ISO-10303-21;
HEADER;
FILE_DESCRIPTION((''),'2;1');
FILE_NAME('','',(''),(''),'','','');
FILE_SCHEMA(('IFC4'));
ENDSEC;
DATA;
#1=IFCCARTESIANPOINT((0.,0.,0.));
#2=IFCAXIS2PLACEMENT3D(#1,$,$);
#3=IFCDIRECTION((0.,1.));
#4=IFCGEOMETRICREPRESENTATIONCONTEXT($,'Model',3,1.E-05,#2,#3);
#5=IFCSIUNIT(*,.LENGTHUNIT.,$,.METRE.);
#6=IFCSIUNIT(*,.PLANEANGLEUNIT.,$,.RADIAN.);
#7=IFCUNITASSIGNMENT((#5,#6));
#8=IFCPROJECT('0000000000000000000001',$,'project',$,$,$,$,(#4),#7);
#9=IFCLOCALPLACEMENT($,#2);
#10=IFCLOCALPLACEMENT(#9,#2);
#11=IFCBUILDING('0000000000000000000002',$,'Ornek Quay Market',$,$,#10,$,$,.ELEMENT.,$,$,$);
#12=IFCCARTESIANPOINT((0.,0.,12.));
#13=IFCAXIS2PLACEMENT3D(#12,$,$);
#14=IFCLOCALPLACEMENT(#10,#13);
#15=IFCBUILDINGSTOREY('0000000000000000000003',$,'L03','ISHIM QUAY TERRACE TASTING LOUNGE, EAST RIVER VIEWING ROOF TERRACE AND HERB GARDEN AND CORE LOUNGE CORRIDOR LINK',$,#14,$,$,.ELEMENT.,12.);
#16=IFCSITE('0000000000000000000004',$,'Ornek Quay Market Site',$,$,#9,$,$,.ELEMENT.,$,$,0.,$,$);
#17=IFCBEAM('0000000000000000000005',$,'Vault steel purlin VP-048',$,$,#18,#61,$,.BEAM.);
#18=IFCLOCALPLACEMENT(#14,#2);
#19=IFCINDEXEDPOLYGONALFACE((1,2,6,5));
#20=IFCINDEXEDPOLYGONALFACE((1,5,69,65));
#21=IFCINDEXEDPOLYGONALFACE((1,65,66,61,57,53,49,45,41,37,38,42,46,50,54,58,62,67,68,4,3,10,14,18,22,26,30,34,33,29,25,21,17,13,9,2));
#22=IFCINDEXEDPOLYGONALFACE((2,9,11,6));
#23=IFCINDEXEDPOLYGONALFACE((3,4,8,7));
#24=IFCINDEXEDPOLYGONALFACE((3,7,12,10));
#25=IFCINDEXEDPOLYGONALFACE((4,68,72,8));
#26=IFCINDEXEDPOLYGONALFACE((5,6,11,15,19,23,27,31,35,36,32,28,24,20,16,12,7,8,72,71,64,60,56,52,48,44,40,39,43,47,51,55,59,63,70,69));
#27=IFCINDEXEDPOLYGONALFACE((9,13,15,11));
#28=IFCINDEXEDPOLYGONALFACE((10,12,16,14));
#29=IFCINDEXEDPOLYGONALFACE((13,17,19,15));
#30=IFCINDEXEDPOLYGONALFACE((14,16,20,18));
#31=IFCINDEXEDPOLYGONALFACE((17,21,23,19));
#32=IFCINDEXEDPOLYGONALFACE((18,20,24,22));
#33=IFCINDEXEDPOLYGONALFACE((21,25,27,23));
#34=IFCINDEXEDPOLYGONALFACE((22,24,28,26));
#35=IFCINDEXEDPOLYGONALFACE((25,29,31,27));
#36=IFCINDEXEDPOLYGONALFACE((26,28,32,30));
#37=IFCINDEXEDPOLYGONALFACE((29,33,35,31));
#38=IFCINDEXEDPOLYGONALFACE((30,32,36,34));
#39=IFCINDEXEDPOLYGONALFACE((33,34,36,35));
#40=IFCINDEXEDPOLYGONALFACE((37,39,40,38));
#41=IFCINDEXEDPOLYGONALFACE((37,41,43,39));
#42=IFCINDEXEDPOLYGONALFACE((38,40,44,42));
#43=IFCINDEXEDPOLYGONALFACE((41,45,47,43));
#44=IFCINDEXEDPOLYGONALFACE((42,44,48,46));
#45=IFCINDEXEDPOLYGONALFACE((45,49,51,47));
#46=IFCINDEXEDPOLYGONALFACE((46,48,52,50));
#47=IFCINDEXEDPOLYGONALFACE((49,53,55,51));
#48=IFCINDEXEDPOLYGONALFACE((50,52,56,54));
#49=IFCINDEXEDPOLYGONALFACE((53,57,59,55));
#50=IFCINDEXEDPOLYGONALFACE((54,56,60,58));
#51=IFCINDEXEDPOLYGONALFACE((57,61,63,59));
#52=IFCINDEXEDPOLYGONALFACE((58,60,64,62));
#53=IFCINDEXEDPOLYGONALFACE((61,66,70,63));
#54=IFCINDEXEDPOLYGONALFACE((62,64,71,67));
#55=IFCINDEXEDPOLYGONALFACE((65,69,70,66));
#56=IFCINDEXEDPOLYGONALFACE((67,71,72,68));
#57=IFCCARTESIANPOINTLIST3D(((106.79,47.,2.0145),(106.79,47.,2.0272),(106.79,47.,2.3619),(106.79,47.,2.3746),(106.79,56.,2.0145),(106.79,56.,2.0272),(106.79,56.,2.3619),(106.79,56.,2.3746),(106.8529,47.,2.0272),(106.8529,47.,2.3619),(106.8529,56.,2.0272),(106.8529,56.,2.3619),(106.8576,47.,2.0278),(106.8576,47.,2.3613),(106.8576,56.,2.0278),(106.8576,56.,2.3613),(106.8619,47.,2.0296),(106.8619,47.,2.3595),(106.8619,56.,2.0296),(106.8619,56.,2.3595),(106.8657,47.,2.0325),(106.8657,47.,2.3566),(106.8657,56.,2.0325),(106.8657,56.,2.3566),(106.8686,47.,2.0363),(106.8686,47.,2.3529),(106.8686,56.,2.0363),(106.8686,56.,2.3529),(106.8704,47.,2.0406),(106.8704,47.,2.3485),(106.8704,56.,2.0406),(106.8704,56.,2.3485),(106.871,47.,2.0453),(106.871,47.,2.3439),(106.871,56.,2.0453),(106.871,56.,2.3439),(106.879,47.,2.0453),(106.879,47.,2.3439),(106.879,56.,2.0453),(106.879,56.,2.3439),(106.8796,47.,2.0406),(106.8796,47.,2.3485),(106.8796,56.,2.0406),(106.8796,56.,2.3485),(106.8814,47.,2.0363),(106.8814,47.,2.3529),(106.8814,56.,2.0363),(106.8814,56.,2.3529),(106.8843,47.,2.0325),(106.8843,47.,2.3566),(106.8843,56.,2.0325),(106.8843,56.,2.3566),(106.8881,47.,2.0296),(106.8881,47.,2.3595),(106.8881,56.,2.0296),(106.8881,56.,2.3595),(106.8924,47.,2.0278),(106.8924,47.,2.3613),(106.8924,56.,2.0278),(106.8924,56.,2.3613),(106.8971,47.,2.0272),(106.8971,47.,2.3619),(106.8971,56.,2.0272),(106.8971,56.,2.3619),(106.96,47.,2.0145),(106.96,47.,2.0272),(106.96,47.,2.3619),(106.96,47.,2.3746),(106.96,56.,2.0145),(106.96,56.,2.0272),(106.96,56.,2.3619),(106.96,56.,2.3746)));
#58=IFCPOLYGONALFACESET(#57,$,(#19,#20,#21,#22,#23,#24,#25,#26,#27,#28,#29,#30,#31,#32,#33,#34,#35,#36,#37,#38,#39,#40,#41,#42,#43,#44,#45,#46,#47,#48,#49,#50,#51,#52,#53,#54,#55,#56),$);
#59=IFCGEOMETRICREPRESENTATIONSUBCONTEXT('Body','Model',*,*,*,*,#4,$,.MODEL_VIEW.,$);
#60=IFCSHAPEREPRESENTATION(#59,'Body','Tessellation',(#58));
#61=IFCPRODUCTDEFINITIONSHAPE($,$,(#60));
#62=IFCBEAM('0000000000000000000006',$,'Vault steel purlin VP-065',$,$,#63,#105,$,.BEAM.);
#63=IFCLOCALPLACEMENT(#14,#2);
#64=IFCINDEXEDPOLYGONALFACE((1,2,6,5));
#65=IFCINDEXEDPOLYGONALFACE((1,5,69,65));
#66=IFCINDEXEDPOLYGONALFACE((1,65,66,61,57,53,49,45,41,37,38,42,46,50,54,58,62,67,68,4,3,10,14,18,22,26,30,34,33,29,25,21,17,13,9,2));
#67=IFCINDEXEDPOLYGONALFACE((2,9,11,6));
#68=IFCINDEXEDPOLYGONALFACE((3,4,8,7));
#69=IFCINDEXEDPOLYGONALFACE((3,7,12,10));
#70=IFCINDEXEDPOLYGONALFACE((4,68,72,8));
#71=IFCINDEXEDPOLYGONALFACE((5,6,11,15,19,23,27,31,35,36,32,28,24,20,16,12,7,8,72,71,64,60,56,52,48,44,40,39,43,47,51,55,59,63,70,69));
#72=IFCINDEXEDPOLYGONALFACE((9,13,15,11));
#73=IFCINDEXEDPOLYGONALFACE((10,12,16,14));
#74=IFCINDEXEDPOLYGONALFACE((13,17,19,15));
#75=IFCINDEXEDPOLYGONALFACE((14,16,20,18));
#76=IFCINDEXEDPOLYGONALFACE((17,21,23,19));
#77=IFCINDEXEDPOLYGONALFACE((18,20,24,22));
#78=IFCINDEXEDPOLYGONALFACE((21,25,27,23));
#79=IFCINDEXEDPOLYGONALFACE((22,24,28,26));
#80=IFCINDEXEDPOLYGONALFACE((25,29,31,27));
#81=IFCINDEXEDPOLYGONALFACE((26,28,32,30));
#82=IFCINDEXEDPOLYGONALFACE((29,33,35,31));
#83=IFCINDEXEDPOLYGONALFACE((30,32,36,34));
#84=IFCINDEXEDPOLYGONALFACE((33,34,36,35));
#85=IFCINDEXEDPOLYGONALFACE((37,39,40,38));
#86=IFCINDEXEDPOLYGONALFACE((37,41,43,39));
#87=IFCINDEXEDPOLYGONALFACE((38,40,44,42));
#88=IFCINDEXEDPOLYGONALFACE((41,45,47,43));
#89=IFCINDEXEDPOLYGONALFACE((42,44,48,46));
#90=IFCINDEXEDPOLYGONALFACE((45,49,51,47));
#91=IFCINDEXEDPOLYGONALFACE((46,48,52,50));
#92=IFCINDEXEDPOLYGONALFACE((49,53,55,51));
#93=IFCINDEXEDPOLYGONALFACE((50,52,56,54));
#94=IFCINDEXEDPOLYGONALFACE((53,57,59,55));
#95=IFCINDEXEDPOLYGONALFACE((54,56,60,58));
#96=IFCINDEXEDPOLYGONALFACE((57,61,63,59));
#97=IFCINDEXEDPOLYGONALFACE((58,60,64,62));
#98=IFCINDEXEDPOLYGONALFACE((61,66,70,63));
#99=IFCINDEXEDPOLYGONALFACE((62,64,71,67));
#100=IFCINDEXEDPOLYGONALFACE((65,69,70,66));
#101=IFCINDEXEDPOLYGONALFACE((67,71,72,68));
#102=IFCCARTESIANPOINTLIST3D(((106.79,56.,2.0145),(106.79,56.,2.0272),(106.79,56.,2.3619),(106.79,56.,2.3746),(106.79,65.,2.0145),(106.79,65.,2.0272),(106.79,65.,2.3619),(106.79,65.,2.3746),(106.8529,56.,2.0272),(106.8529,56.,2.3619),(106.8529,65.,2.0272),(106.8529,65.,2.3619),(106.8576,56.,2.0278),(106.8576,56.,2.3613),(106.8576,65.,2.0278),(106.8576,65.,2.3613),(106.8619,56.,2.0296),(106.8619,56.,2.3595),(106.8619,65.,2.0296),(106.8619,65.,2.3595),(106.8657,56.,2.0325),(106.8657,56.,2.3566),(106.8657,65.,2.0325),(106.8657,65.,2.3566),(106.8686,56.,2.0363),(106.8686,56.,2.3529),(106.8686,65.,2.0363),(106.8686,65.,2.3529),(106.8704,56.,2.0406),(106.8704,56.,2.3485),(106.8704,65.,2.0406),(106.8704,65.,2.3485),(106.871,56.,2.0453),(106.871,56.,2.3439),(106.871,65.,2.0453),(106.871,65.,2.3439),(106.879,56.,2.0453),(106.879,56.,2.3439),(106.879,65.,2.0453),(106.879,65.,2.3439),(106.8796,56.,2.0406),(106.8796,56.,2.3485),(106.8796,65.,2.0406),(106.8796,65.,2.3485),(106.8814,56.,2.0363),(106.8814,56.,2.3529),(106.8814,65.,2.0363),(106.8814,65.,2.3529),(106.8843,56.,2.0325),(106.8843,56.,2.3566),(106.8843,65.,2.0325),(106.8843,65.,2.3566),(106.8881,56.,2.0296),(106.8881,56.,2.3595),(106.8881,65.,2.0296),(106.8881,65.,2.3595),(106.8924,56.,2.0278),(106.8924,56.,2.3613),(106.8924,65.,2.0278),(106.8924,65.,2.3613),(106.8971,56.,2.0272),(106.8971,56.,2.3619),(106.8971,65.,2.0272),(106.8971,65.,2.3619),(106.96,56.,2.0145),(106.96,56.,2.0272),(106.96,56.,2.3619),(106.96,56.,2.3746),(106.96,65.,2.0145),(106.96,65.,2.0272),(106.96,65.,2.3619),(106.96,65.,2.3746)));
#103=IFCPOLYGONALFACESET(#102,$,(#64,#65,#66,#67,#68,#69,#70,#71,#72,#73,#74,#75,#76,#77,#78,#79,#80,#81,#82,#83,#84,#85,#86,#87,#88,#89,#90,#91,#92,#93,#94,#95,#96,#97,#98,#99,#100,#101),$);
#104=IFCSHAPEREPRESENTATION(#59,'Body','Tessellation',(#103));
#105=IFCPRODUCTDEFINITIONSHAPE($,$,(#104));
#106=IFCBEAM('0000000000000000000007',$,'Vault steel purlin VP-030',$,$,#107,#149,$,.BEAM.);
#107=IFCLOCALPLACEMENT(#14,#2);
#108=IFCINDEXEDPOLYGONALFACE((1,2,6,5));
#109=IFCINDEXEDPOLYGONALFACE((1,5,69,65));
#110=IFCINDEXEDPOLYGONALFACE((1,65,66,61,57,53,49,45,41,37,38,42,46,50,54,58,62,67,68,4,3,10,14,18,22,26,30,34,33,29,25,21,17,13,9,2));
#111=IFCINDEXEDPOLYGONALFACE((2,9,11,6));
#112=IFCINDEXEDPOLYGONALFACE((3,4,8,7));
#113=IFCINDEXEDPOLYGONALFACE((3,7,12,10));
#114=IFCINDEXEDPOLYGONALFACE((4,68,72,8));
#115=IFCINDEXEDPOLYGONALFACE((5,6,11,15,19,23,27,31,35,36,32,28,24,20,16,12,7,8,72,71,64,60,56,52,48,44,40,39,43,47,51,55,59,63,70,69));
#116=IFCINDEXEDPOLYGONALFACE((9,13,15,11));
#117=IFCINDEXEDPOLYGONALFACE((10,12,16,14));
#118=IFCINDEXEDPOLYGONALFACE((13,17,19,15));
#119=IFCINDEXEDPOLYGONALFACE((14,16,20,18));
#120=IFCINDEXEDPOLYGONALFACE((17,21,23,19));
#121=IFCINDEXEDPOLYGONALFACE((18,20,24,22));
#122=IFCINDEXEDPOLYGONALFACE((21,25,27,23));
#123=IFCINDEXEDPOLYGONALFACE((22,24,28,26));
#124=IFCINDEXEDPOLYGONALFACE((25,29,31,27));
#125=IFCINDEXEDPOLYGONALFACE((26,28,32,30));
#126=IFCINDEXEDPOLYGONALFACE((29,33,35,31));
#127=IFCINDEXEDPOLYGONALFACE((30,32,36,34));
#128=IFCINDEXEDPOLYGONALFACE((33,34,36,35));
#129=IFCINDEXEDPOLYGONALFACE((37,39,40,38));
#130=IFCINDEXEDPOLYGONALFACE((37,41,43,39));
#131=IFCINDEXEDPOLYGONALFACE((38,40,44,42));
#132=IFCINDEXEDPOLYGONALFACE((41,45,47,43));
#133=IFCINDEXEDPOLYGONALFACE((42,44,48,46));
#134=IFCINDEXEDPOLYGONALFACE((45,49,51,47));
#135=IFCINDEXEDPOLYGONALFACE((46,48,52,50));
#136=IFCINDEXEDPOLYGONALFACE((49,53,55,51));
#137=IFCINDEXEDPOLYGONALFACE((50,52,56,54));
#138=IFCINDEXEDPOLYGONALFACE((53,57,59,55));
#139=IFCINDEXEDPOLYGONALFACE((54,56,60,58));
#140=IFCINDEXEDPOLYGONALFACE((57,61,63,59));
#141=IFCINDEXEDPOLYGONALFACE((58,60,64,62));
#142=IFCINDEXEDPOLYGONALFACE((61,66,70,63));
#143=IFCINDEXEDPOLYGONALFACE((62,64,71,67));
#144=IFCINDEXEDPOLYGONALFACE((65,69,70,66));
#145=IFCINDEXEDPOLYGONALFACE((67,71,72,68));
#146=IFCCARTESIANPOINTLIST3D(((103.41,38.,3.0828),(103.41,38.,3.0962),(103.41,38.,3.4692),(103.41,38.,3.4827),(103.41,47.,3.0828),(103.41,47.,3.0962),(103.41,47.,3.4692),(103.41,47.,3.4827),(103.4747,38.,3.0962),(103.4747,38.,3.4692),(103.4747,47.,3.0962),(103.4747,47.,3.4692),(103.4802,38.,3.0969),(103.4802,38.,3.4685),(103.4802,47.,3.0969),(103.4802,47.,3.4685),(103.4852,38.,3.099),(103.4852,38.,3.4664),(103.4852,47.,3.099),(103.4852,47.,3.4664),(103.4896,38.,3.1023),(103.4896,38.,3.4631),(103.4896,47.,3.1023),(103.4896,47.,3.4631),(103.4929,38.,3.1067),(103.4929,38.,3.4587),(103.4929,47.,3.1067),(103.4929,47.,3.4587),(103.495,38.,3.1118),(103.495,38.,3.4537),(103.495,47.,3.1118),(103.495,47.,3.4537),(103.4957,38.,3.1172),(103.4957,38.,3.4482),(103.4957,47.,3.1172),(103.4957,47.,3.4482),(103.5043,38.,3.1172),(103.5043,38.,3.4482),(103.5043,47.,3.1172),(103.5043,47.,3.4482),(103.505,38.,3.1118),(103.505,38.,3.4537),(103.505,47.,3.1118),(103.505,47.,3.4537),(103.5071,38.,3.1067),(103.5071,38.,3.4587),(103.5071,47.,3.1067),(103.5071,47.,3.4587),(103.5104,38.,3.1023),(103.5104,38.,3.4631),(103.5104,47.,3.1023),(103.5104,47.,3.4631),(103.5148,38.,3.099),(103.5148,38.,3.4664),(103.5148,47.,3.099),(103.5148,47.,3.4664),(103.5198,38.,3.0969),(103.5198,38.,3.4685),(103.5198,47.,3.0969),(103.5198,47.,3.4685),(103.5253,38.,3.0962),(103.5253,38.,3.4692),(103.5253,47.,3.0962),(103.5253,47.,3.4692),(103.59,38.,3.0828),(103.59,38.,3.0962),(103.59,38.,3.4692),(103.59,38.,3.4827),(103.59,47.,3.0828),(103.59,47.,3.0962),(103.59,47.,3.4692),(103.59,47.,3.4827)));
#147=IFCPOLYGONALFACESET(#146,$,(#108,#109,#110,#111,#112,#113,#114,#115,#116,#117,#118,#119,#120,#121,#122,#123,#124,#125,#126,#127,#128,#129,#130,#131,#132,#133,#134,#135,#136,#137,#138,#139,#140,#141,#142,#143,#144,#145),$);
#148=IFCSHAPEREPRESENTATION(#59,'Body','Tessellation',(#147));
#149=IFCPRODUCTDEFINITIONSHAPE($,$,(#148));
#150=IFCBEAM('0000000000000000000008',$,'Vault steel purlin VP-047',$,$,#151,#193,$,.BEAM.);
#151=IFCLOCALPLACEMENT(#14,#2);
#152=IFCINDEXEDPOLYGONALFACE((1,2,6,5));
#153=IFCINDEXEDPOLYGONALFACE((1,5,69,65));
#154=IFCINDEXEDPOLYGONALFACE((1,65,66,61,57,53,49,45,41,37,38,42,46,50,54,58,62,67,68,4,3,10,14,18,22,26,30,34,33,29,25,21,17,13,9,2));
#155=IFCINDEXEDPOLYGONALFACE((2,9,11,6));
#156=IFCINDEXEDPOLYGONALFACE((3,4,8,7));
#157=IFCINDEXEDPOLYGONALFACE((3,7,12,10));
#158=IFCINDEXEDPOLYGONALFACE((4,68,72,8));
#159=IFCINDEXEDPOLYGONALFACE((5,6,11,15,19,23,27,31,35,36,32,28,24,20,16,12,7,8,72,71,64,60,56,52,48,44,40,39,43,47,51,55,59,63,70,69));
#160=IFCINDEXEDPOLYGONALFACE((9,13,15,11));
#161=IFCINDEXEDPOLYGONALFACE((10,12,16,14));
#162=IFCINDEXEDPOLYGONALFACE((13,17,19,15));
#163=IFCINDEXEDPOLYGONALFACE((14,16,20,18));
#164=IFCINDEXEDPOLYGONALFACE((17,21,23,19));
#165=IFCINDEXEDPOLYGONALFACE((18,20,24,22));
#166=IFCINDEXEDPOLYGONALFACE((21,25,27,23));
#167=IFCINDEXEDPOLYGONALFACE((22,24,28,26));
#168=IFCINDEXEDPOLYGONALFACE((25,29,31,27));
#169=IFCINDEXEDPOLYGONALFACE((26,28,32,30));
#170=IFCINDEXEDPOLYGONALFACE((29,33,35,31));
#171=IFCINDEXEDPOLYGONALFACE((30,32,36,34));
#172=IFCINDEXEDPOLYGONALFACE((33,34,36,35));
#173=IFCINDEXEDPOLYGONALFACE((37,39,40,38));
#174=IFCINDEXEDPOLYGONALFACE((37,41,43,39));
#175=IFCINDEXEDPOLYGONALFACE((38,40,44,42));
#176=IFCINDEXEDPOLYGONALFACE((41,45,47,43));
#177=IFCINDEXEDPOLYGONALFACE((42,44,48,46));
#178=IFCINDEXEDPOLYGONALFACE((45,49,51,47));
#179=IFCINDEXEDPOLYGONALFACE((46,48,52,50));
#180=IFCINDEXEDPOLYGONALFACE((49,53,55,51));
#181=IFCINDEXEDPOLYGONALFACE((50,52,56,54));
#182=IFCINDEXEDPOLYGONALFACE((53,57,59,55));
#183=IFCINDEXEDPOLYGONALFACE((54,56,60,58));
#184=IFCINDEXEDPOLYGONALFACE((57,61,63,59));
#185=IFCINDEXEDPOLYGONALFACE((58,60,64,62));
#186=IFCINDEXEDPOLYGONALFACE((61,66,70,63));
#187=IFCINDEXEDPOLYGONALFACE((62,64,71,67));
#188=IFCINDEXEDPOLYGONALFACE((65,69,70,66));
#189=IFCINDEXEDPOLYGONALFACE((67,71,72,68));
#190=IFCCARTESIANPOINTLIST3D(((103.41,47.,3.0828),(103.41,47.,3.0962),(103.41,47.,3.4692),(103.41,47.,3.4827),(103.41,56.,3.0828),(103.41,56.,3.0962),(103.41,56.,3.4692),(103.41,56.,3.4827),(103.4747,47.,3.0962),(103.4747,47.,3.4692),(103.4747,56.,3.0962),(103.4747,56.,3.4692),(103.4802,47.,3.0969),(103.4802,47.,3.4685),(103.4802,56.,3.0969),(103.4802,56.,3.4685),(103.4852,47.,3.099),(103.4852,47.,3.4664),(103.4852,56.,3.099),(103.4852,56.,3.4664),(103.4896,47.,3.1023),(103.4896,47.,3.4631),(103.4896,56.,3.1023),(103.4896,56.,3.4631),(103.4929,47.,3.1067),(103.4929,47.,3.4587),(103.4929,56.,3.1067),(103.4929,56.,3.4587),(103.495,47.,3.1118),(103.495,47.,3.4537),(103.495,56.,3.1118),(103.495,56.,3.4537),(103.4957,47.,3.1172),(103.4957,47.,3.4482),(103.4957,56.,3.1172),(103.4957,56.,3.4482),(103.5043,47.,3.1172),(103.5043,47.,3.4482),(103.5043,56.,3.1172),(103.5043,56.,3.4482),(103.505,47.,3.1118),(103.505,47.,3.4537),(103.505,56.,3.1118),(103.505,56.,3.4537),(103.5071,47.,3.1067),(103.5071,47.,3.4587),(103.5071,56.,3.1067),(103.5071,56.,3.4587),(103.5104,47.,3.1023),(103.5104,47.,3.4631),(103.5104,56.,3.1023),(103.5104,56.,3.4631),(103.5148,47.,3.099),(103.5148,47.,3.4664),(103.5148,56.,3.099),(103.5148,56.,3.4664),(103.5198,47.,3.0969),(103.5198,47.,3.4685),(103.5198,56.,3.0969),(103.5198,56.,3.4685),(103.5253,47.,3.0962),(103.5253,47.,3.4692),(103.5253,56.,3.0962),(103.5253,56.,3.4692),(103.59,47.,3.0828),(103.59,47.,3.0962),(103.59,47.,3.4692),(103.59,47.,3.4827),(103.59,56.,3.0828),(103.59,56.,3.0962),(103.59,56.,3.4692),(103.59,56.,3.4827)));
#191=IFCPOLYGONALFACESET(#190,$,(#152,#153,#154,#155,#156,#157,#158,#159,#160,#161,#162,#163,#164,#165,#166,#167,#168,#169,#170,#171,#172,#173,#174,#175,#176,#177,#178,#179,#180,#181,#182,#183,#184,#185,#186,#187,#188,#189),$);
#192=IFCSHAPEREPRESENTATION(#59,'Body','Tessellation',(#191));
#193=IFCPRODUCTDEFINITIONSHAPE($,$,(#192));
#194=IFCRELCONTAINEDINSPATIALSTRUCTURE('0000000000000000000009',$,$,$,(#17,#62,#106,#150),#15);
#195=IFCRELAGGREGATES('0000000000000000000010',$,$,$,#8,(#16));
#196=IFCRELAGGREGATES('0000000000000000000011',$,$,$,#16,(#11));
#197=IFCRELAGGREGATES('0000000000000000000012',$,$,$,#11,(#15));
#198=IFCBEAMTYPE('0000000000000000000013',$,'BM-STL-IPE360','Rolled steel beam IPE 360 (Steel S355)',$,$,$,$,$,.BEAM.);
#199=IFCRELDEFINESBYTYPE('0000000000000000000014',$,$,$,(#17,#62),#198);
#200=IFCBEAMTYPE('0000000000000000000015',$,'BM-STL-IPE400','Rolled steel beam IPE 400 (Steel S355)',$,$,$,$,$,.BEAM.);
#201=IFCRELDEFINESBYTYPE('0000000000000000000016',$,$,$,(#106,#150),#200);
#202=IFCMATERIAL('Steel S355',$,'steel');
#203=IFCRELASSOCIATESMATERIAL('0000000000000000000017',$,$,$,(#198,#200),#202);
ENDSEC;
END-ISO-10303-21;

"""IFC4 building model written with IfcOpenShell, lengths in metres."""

from ifc_helpers import new_model, si_unit, direction, frame, origin, origin_2d, place, context, subcontext, project, spatial, i_section, extrude, material, material_profile, profile_set, type_object, element, save


model = new_model("IFC4")

# Units and contexts
model_context = context("Model", 3, precision=1e-05, world=origin(), true_north=direction((0.0, 1.0)))
body_context = subcontext(model_context, "Body", "Model", "MODEL_VIEW")
ifc_project = project(units=[si_unit("LENGTHUNIT", "METRE"), si_unit("PLANEANGLEUNIT", "RADIAN")], contexts=[model_context])

# Site, building, storey
site_placement = place(None, origin())
site = spatial("IfcSite", under=ifc_project, at=site_placement, Name="Ornek Quay Market Site", CompositionType="ELEMENT", RefElevation=0.0)
building_placement = place(site_placement, origin())
building = spatial("IfcBuilding", under=site, at=building_placement, Name="Ornek Quay Market", CompositionType="ELEMENT")
storey_placement = place(building_placement, frame((0.0, 0.0, 12.0)))
storey = spatial("IfcBuildingStorey", under=building, at=storey_placement, Name="L03", Description="ISHIM QUAY TERRACE TASTING LOUNGE, EAST RIVER VIEWING ROOF TERRACE AND HERB GARDEN AND CORE LOUNGE CORRIDOR LINK", CompositionType="ELEMENT", Elevation=12.0)

# Beams
ifc_material_1 = material(Name="Steel S355", Category="steel")
ifc_material_profile_1 = material_profile(ifc_material_1, i_section(OverallWidth=0.1699, OverallDepth=0.3601, WebThickness=0.0081, FlangeThickness=0.0127, FilletRadius=0.0181, at=origin_2d()), Name="IPE 360", Category="steel")
ifc_profile_set_1 = profile_set([ifc_material_profile_1], Name="Steel S355")
beam_type_1 = type_object("IfcBeamType", Name="BM-STL-IPE360", Description="Rolled steel beam IPE 360 (Steel S355)", PredefinedType="BEAM", material=ifc_profile_set_1)
for number, where, z_axis, x_axis, name in (
    (1, (106.875, 47.0, 2.1946), (0.0, 1.0, 0.0), (-1.0, 0.0, 0.0), "Vault steel purlin VP-048"),
    (2, (106.875, 56.0, 2.1946), (0.0, 1.0, 0.0), (-1.0, 0.0, 0.0), "Vault steel purlin VP-065"),
):
    element("IfcBeam", number, at=place(storey_placement, frame(where, z_axis=z_axis, x_axis=x_axis)), inside=storey, type_object=beam_type_1, Name=name, PredefinedType="BEAM", context=body_context, shape_type="SweptSolid", body=[
        extrude(i_section(OverallWidth=0.1699, OverallDepth=0.3601, WebThickness=0.0081, FlangeThickness=0.0127, FilletRadius=0.0181, at=origin_2d()), origin(), (0.0, 0.0, 1.0), 9.0),
    ])
ifc_material_profile_2 = material_profile(ifc_material_1, i_section(OverallWidth=0.1799, OverallDepth=0.3999, WebThickness=0.0085, FlangeThickness=0.0134, FilletRadius=0.021, at=origin_2d()), Name="IPE 400", Category="steel")
ifc_profile_set_2 = profile_set([ifc_material_profile_2], Name="Steel S355")
beam_type_2 = type_object("IfcBeamType", Name="BM-STL-IPE400", Description="Rolled steel beam IPE 400 (Steel S355)", PredefinedType="BEAM", material=ifc_profile_set_2)
for number, where, z_axis, x_axis, name in (
    (3, (103.5, 38.0, 3.2827), (0.0, 1.0, 0.0), (-1.0, 0.0, 0.0), "Vault steel purlin VP-030"),
    (4, (103.5, 47.0, 3.2827), (0.0, 1.0, 0.0), (-1.0, 0.0, 0.0), "Vault steel purlin VP-047"),
):
    element("IfcBeam", number, at=place(storey_placement, frame(where, z_axis=z_axis, x_axis=x_axis)), inside=storey, type_object=beam_type_2, Name=name, PredefinedType="BEAM", context=body_context, shape_type="SweptSolid", body=[
        extrude(i_section(OverallWidth=0.1799, OverallDepth=0.3999, WebThickness=0.0085, FlangeThickness=0.0134, FilletRadius=0.021, at=origin_2d()), origin(), (0.0, 0.0, 1.0), 9.0),
    ])

save(model, "model.ifc")
